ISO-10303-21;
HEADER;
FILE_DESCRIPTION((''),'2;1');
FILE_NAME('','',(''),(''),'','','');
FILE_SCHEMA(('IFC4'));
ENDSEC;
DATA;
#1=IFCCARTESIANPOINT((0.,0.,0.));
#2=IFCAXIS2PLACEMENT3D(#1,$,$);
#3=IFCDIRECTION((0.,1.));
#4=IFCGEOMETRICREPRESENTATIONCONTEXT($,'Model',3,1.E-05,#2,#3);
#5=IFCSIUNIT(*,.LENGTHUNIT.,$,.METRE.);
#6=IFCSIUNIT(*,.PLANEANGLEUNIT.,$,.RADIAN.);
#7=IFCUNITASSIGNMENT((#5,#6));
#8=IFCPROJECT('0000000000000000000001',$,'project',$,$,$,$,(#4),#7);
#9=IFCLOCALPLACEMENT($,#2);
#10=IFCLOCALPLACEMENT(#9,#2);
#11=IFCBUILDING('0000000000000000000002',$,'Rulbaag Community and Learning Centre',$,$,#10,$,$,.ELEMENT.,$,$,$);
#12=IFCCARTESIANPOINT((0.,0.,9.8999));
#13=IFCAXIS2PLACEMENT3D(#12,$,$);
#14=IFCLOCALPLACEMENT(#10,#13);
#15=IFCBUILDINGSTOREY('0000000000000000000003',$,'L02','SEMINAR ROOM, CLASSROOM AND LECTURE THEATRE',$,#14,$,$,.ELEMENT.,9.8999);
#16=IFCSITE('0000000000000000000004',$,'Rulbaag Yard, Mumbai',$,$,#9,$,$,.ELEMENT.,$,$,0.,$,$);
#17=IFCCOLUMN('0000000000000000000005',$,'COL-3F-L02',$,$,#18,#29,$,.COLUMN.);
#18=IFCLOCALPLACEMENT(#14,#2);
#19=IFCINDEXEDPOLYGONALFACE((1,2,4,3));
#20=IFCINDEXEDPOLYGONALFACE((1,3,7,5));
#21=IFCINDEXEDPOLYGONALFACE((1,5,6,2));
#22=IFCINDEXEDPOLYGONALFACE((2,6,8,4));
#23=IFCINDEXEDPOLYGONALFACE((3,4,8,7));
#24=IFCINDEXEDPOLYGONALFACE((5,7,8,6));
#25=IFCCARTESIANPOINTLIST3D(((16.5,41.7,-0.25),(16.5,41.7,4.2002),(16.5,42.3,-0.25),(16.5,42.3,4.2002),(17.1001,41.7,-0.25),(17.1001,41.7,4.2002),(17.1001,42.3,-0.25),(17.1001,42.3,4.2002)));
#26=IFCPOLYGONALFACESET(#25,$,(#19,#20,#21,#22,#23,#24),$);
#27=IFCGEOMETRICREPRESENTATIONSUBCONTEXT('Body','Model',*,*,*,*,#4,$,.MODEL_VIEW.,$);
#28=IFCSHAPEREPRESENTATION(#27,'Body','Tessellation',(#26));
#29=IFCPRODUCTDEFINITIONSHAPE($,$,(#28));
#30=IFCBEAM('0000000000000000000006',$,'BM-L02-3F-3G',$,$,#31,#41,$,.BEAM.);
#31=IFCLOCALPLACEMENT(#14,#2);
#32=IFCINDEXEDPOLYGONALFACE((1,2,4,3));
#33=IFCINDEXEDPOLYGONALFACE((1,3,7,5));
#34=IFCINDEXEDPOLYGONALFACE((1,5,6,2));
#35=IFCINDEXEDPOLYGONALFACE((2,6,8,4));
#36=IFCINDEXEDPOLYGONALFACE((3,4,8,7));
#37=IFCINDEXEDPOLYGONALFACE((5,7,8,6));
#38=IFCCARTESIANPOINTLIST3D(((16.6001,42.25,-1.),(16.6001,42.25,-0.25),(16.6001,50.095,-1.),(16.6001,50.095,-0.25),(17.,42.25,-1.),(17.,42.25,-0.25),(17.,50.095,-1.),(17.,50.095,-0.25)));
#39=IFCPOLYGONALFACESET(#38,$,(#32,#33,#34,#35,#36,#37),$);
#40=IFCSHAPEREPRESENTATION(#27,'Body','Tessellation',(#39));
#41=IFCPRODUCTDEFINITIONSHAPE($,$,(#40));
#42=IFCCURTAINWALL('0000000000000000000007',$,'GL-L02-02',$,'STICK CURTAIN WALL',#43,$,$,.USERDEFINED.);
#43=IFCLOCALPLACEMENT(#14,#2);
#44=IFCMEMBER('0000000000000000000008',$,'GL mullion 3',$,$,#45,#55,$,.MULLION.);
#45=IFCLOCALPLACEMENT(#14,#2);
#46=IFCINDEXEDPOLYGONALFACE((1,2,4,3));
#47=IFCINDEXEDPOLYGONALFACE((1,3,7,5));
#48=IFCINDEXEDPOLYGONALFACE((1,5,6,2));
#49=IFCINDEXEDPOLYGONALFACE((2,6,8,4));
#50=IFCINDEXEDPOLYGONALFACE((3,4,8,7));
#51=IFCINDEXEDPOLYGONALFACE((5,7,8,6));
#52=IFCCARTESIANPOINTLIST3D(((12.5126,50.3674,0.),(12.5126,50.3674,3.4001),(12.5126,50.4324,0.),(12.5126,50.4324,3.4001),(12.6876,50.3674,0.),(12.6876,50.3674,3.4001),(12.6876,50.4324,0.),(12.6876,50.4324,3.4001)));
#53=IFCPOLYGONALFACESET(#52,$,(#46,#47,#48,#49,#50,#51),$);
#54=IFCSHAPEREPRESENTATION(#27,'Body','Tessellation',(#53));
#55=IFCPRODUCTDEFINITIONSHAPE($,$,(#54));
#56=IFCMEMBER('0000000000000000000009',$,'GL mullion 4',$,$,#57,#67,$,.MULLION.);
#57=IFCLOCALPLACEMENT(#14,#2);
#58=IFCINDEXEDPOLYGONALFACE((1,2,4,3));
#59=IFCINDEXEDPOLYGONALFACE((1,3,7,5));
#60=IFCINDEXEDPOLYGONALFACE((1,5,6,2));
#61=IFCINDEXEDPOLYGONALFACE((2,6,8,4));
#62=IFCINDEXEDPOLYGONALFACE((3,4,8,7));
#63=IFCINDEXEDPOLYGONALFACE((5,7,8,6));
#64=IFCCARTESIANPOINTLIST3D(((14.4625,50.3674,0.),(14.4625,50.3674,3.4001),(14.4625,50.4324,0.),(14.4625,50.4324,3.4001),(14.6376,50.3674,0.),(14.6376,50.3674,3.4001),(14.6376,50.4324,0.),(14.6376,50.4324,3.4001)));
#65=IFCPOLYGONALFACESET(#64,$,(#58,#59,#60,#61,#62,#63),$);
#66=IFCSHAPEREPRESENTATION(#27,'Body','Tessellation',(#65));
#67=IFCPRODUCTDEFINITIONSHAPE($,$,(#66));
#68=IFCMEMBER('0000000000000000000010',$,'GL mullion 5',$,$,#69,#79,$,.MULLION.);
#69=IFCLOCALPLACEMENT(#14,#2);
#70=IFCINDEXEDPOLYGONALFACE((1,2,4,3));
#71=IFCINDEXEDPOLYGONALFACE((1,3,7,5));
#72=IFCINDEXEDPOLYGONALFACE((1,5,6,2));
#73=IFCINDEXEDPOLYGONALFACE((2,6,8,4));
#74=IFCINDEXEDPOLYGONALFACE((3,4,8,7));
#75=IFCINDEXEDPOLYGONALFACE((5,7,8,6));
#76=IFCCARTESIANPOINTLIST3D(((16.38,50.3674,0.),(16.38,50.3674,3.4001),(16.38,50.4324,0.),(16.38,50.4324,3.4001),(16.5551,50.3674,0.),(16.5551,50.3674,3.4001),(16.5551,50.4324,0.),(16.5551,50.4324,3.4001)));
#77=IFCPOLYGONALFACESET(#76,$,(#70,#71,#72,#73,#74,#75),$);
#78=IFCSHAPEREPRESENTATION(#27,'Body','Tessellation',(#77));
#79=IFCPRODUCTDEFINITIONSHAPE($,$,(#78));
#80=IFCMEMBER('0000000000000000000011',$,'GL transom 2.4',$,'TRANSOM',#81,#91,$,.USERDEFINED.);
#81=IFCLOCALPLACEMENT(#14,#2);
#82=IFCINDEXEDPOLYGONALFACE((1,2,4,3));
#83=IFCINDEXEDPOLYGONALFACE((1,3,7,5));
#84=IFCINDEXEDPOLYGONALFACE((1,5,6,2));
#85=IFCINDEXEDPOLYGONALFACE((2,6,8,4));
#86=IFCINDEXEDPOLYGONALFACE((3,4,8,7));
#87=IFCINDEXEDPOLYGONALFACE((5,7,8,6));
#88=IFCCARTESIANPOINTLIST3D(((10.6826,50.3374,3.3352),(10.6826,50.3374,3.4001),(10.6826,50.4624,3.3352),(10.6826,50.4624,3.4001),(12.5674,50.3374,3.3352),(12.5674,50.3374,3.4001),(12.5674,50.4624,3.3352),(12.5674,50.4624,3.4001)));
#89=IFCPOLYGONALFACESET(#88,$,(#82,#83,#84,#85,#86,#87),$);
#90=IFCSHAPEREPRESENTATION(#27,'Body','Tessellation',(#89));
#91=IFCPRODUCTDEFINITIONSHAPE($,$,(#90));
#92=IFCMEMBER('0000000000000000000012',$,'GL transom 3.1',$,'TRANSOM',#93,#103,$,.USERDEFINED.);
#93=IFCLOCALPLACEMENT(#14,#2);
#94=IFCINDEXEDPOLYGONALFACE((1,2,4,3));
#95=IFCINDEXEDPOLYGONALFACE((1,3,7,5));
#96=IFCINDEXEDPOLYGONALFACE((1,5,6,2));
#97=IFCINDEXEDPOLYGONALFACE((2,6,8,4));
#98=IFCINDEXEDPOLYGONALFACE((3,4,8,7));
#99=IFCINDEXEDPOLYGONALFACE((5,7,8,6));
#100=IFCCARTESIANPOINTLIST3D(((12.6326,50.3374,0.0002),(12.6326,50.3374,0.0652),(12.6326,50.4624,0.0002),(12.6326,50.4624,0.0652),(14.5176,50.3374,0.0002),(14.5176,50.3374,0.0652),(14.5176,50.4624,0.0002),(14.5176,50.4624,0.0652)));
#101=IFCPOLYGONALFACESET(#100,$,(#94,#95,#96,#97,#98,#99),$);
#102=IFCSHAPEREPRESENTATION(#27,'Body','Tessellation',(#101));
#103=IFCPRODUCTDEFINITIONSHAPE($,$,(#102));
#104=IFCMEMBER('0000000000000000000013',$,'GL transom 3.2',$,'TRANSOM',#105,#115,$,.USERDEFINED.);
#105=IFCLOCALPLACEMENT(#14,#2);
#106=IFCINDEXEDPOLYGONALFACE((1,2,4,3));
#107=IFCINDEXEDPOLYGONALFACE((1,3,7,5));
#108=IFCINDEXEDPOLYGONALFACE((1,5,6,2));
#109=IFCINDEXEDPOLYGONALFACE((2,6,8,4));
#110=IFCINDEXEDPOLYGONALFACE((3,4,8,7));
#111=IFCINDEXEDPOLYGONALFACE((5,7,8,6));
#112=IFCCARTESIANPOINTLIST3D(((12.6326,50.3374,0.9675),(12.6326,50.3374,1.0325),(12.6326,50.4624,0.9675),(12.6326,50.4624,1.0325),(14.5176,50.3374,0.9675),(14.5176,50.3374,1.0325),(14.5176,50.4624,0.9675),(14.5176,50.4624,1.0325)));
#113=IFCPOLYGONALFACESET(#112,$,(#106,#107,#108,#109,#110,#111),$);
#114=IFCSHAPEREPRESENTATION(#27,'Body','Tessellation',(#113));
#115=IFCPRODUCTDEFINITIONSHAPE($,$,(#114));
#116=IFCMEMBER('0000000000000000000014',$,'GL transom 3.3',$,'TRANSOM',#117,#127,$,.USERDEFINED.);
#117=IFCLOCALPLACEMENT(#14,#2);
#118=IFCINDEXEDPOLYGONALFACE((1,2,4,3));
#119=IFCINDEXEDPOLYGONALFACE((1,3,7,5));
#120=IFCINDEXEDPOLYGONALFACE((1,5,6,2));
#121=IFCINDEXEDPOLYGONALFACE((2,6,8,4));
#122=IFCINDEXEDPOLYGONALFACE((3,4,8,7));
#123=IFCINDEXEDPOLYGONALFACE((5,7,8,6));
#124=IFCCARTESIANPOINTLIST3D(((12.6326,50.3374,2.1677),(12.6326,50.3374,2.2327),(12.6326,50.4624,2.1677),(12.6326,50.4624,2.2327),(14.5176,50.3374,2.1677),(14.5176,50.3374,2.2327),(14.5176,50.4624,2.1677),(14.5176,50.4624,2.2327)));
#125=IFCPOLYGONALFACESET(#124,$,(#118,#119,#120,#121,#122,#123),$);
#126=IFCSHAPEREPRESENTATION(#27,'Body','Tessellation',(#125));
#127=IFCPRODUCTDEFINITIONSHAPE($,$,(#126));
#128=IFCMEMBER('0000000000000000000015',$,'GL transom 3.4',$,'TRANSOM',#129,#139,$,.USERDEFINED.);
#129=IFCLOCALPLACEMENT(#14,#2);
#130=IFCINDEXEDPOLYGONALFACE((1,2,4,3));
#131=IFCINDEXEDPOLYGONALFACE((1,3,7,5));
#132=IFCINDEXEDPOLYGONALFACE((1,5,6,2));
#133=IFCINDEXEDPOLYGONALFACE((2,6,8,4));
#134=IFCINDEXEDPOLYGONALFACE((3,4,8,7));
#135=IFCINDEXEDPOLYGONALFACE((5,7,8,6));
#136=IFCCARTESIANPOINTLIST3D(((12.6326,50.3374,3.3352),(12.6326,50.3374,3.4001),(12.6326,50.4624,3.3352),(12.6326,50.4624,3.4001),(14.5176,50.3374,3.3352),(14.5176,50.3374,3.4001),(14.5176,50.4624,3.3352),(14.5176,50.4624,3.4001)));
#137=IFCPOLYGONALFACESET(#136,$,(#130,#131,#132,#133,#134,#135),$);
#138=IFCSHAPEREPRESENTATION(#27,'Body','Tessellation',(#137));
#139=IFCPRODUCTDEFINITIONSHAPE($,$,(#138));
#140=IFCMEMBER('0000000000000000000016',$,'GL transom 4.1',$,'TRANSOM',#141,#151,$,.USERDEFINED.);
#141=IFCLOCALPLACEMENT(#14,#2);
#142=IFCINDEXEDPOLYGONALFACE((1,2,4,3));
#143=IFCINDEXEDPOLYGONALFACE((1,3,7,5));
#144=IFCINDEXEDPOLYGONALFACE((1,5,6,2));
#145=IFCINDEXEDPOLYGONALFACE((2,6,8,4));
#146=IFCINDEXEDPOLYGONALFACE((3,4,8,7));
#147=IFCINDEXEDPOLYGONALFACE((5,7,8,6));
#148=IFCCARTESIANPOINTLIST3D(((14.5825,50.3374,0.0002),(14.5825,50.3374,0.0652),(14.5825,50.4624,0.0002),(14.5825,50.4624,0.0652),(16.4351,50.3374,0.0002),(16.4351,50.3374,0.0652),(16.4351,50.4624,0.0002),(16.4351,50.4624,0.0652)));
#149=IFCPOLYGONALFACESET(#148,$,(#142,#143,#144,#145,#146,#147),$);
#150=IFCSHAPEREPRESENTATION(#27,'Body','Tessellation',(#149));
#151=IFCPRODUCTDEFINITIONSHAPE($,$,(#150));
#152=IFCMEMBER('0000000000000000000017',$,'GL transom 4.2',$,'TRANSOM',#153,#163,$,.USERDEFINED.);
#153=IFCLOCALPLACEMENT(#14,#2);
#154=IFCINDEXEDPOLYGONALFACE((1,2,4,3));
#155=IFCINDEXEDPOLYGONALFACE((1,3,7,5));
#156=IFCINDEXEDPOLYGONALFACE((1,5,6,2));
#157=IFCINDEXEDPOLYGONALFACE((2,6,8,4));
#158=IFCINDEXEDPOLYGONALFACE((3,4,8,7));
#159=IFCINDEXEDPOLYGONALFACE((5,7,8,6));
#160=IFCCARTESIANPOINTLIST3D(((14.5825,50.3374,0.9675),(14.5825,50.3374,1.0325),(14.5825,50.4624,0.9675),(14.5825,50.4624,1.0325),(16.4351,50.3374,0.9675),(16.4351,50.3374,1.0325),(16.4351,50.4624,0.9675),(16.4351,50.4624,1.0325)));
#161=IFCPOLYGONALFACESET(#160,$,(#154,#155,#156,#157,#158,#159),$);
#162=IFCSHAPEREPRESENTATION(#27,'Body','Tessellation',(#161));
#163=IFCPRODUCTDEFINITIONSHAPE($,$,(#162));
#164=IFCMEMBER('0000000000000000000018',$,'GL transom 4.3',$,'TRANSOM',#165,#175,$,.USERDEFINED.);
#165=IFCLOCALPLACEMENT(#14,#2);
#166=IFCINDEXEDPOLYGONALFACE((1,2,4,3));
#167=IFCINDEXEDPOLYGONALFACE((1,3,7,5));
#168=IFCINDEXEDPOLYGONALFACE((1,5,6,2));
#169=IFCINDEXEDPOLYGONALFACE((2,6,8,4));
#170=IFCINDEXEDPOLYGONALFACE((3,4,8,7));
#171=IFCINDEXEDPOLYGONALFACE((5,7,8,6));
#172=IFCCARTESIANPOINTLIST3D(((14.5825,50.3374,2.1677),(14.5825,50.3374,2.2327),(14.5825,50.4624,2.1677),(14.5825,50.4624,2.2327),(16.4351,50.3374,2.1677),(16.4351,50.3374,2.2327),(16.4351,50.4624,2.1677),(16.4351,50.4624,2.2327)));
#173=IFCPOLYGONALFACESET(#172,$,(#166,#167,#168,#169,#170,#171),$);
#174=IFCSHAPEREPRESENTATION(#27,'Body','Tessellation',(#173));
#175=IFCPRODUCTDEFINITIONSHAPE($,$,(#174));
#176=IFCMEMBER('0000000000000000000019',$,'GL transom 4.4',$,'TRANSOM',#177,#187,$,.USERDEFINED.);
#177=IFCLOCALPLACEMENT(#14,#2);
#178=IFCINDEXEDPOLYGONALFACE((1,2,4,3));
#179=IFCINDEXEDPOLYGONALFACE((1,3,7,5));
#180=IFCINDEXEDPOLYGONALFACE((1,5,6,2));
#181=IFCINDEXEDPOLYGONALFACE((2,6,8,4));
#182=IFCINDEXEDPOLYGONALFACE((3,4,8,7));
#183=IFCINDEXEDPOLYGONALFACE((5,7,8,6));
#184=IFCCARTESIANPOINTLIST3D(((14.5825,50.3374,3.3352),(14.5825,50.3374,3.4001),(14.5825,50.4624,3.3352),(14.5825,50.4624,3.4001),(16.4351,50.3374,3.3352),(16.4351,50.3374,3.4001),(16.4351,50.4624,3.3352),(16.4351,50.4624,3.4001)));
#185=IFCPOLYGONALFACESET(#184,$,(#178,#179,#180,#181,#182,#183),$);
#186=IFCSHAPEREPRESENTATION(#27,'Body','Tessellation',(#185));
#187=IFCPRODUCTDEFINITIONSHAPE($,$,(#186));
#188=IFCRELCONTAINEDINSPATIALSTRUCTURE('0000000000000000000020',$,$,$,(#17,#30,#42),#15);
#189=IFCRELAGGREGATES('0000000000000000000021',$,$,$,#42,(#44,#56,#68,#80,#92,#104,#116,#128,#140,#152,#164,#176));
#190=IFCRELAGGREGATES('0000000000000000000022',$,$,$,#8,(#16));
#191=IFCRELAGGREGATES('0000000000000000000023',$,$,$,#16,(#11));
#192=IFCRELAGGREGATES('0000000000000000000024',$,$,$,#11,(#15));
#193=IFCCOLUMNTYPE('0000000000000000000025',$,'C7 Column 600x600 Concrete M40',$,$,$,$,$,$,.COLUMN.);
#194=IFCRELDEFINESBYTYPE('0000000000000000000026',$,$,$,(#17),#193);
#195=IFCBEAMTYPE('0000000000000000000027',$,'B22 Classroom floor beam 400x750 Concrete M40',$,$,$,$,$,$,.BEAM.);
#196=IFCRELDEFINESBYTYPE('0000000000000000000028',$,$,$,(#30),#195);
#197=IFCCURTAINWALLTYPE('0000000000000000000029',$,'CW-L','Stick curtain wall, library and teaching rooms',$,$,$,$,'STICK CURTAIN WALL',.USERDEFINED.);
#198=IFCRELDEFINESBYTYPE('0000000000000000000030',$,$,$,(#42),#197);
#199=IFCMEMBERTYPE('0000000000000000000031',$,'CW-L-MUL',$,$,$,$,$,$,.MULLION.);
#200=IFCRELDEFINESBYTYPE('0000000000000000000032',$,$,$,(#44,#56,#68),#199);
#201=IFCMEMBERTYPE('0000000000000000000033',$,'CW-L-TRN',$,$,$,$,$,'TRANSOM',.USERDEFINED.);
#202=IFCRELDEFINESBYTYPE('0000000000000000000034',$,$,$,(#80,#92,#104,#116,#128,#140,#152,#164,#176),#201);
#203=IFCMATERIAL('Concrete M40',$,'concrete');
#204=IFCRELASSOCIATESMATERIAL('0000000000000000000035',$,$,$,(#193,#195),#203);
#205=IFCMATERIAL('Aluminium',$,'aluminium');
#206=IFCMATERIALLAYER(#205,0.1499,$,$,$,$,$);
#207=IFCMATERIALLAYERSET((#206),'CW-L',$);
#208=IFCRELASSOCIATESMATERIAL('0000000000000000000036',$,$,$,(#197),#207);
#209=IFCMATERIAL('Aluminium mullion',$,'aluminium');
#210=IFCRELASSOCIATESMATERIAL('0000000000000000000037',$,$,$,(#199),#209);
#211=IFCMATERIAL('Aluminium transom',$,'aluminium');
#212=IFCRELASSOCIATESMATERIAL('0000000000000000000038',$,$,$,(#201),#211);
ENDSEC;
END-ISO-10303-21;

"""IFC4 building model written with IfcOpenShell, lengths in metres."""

from ifc_helpers import new_model, si_unit, direction, frame, origin, origin_2d, place, context, subcontext, project, spatial, rectangle, extrude, material, layer, layer_set, material_profile, profile_set, type_object, element, aggregate, save


model = new_model("IFC4")

# Units and contexts
model_context = context("Model", 3, precision=1e-05, world=origin(), true_north=direction((0.0, 1.0)))
body_context = subcontext(model_context, "Body", "Model", "MODEL_VIEW")
ifc_project = project(units=[si_unit("LENGTHUNIT", "METRE"), si_unit("PLANEANGLEUNIT", "RADIAN")], contexts=[model_context])

# Site, building, storey
site_placement = place(None, origin())
site = spatial("IfcSite", under=ifc_project, at=site_placement, Name="Rulbaag Yard, Mumbai", CompositionType="ELEMENT", RefElevation=0.0)
building_placement = place(site_placement, origin())
building = spatial("IfcBuilding", under=site, at=building_placement, Name="Rulbaag Community and Learning Centre", CompositionType="ELEMENT")
storey_placement = place(building_placement, frame((0.0, 0.0, 9.8999)))
storey = spatial("IfcBuildingStorey", under=building, at=storey_placement, Name="L02", Description="SEMINAR ROOM, CLASSROOM AND LECTURE THEATRE", CompositionType="ELEMENT", Elevation=9.8999)

# Column
ifc_material_1 = material(Name="Concrete M40", Category="concrete")
ifc_material_profile_1 = material_profile(ifc_material_1, rectangle(XDim=0.6001, YDim=0.6001, at=origin_2d()), Name="RC600x600")
ifc_profile_set_1 = profile_set([ifc_material_profile_1], Name="Concrete M40")
column_type = type_object("IfcColumnType", Name="C7 Column 600x600 Concrete M40", PredefinedType="COLUMN", material=ifc_profile_set_1)
column_placement = place(storey_placement, frame((16.8, 42.0, -0.25), z_axis=(0.0, 0.0, 1.0), x_axis=(1.0, 0.0, 0.0)))
element("IfcColumn", 1, at=column_placement, inside=storey, type_object=column_type, Name="COL-3F-L02", PredefinedType="COLUMN", context=body_context, shape_type="SweptSolid", body=[
    extrude(rectangle(XDim=0.6001, YDim=0.6001, at=origin_2d()), origin(), (0.0, 0.0, 1.0), 4.4502),
])

# Beam
ifc_material_profile_2 = material_profile(ifc_material_1, rectangle(XDim=0.3999, YDim=0.75, at=origin_2d()), Name="RB400x750")
ifc_profile_set_2 = profile_set([ifc_material_profile_2], Name="Concrete M40")
beam_type = type_object("IfcBeamType", Name="B22 Classroom floor beam 400x750 Concrete M40", PredefinedType="BEAM", material=ifc_profile_set_2)
beam_placement = place(storey_placement, frame((16.8, 42.25, -0.625), z_axis=(0.0, 1.0, 0.0), x_axis=(-1.0, 0.0, 0.0)))
element("IfcBeam", 2, at=beam_placement, inside=storey, type_object=beam_type, Name="BM-L02-3F-3G", PredefinedType="BEAM", context=body_context, shape_type="SweptSolid", body=[
    extrude(rectangle(XDim=0.3999, YDim=0.75, at=origin_2d()), origin(), (0.0, 0.0, 1.0), 7.845),
])

# Curtain wall, members
ifc_material_2 = material(Name="Aluminium", Category="aluminium")
ifc_layer_1 = layer(ifc_material_2, 0.1499)
ifc_layer_set_1 = layer_set([ifc_layer_1], Name="CW-L")
curtain_wall_type = type_object("IfcCurtainWallType", Name="CW-L", Description="Stick curtain wall, library and teaching rooms", ElementType="STICK CURTAIN WALL", PredefinedType="USERDEFINED", material=ifc_layer_set_1)
curtain_wall_placement = place(storey_placement, origin())
curtain_wall = element("IfcCurtainWall", 3, at=curtain_wall_placement, inside=storey, type_object=curtain_wall_type, Name="GL-L02-02", ObjectType="STICK CURTAIN WALL", PredefinedType="USERDEFINED")
ifc_material_3 = material(Name="Aluminium mullion", Category="aluminium")
ifc_material_profile_3 = material_profile(ifc_material_3, rectangle(XDim=0.0649, YDim=0.175, at=origin_2d()), Name="AL 65x175")
ifc_profile_set_3 = profile_set([ifc_material_profile_3], Name="Aluminium mullion")
member_type_1 = type_object("IfcMemberType", Name="CW-L-MUL", PredefinedType="MULLION", material=ifc_profile_set_3)
member_1_placement = place(storey_placement, frame((12.6001, 50.3999, 0.0), z_axis=(0.0, 0.0, 1.0), x_axis=(0.0, 1.0, 0.0)))
member_1 = element("IfcMember", 4, at=member_1_placement, type_object=member_type_1, Name="GL mullion 3", PredefinedType="MULLION", context=body_context, shape_type="SweptSolid", body=[
    extrude(rectangle(XDim=0.0649, YDim=0.175, at=origin_2d()), origin(), (0.0, 0.0, 1.0), 3.4001),
])
member_2_placement = place(storey_placement, frame((14.55, 50.3999, 0.0), z_axis=(0.0, 0.0, 1.0), x_axis=(0.0, 1.0, 0.0)))
member_2 = element("IfcMember", 5, at=member_2_placement, type_object=member_type_1, Name="GL mullion 4", PredefinedType="MULLION", context=body_context, shape_type="SweptSolid", body=[
    extrude(rectangle(XDim=0.0649, YDim=0.175, at=origin_2d()), origin(), (0.0, 0.0, 1.0), 3.4001),
])
member_3_placement = place(storey_placement, frame((16.4675, 50.3999, 0.0), z_axis=(0.0, 0.0, 1.0), x_axis=(0.0, 1.0, 0.0)))
member_3 = element("IfcMember", 6, at=member_3_placement, type_object=member_type_1, Name="GL mullion 5", PredefinedType="MULLION", context=body_context, shape_type="SweptSolid", body=[
    extrude(rectangle(XDim=0.0649, YDim=0.175, at=origin_2d()), origin(), (0.0, 0.0, 1.0), 3.4001),
])
ifc_material_4 = material(Name="Aluminium transom", Category="aluminium")
ifc_material_profile_4 = material_profile(ifc_material_4, rectangle(XDim=0.125, YDim=0.0649, at=origin_2d()), Name="AL 65x125 T")
ifc_profile_set_4 = profile_set([ifc_material_profile_4], Name="Aluminium transom")
member_type_2 = type_object("IfcMemberType", Name="CW-L-TRN", ElementType="TRANSOM", PredefinedType="USERDEFINED", material=ifc_profile_set_4)
member_4_placement = place(storey_placement, frame((10.6826, 50.3999, 3.3677), z_axis=(1.0, 0.0, 0.0), x_axis=(0.0, 1.0, 0.0)))
member_4 = element("IfcMember", 7, at=member_4_placement, type_object=member_type_2, Name="GL transom 2.4", ObjectType="TRANSOM", PredefinedType="USERDEFINED", context=body_context, shape_type="SweptSolid", body=[
    extrude(rectangle(XDim=0.125, YDim=0.0649, at=origin_2d()), origin(), (0.0, 0.0, 1.0), 1.8848),
])
member_5_placement = place(storey_placement, frame((12.6326, 50.3999, 0.0327), z_axis=(1.0, 0.0, 0.0), x_axis=(0.0, 1.0, 0.0)))
member_5 = element("IfcMember", 8, at=member_5_placement, type_object=member_type_2, Name="GL transom 3.1", ObjectType="TRANSOM", PredefinedType="USERDEFINED", context=body_context, shape_type="SweptSolid", body=[
    extrude(rectangle(XDim=0.125, YDim=0.0649, at=origin_2d()), origin(), (0.0, 0.0, 1.0), 1.885),
])
member_6_placement = place(storey_placement, frame((12.6326, 50.3999, 1.0), z_axis=(1.0, 0.0, 0.0), x_axis=(0.0, 1.0, 0.0)))
member_6 = element("IfcMember", 9, at=member_6_placement, type_object=member_type_2, Name="GL transom 3.2", ObjectType="TRANSOM", PredefinedType="USERDEFINED", context=body_context, shape_type="SweptSolid", body=[
    extrude(rectangle(XDim=0.125, YDim=0.0649, at=origin_2d()), origin(), (0.0, 0.0, 1.0), 1.885),
])
member_7_placement = place(storey_placement, frame((12.6326, 50.3999, 2.2002), z_axis=(1.0, 0.0, 0.0), x_axis=(0.0, 1.0, 0.0)))
member_7 = element("IfcMember", 10, at=member_7_placement, type_object=member_type_2, Name="GL transom 3.3", ObjectType="TRANSOM", PredefinedType="USERDEFINED", context=body_context, shape_type="SweptSolid", body=[
    extrude(rectangle(XDim=0.125, YDim=0.0649, at=origin_2d()), origin(), (0.0, 0.0, 1.0), 1.885),
])
member_8_placement = place(storey_placement, frame((12.6326, 50.3999, 3.3677), z_axis=(1.0, 0.0, 0.0), x_axis=(0.0, 1.0, 0.0)))
member_8 = element("IfcMember", 11, at=member_8_placement, type_object=member_type_2, Name="GL transom 3.4", ObjectType="TRANSOM", PredefinedType="USERDEFINED", context=body_context, shape_type="SweptSolid", body=[
    extrude(rectangle(XDim=0.125, YDim=0.0649, at=origin_2d()), origin(), (0.0, 0.0, 1.0), 1.885),
])
member_9_placement = place(storey_placement, frame((14.5825, 50.3999, 0.0327), z_axis=(1.0, 0.0, 0.0), x_axis=(0.0, 1.0, 0.0)))
member_9 = element("IfcMember", 12, at=member_9_placement, type_object=member_type_2, Name="GL transom 4.1", ObjectType="TRANSOM", PredefinedType="USERDEFINED", context=body_context, shape_type="SweptSolid", body=[
    extrude(rectangle(XDim=0.125, YDim=0.0649, at=origin_2d()), origin(), (0.0, 0.0, 1.0), 1.8525),
])
member_10_placement = place(storey_placement, frame((14.5825, 50.3999, 1.0), z_axis=(1.0, 0.0, 0.0), x_axis=(0.0, 1.0, 0.0)))
member_10 = element("IfcMember", 13, at=member_10_placement, type_object=member_type_2, Name="GL transom 4.2", ObjectType="TRANSOM", PredefinedType="USERDEFINED", context=body_context, shape_type="SweptSolid", body=[
    extrude(rectangle(XDim=0.125, YDim=0.0649, at=origin_2d()), origin(), (0.0, 0.0, 1.0), 1.8525),
])
member_11_placement = place(storey_placement, frame((14.5825, 50.3999, 2.2002), z_axis=(1.0, 0.0, 0.0), x_axis=(0.0, 1.0, 0.0)))
member_11 = element("IfcMember", 14, at=member_11_placement, type_object=member_type_2, Name="GL transom 4.3", ObjectType="TRANSOM", PredefinedType="USERDEFINED", context=body_context, shape_type="SweptSolid", body=[
    extrude(rectangle(XDim=0.125, YDim=0.0649, at=origin_2d()), origin(), (0.0, 0.0, 1.0), 1.8525),
])
member_12_placement = place(storey_placement, frame((14.5825, 50.3999, 3.3677), z_axis=(1.0, 0.0, 0.0), x_axis=(0.0, 1.0, 0.0)))
member_12 = element("IfcMember", 15, at=member_12_placement, type_object=member_type_2, Name="GL transom 4.4", ObjectType="TRANSOM", PredefinedType="USERDEFINED", context=body_context, shape_type="SweptSolid", body=[
    extrude(rectangle(XDim=0.125, YDim=0.0649, at=origin_2d()), origin(), (0.0, 0.0, 1.0), 1.8525),
])
aggregate(curtain_wall, [member_1, member_2, member_3, member_4, member_5, member_6, member_7, member_8, member_9, member_10, member_11, member_12])

save(model, "model.ifc")
